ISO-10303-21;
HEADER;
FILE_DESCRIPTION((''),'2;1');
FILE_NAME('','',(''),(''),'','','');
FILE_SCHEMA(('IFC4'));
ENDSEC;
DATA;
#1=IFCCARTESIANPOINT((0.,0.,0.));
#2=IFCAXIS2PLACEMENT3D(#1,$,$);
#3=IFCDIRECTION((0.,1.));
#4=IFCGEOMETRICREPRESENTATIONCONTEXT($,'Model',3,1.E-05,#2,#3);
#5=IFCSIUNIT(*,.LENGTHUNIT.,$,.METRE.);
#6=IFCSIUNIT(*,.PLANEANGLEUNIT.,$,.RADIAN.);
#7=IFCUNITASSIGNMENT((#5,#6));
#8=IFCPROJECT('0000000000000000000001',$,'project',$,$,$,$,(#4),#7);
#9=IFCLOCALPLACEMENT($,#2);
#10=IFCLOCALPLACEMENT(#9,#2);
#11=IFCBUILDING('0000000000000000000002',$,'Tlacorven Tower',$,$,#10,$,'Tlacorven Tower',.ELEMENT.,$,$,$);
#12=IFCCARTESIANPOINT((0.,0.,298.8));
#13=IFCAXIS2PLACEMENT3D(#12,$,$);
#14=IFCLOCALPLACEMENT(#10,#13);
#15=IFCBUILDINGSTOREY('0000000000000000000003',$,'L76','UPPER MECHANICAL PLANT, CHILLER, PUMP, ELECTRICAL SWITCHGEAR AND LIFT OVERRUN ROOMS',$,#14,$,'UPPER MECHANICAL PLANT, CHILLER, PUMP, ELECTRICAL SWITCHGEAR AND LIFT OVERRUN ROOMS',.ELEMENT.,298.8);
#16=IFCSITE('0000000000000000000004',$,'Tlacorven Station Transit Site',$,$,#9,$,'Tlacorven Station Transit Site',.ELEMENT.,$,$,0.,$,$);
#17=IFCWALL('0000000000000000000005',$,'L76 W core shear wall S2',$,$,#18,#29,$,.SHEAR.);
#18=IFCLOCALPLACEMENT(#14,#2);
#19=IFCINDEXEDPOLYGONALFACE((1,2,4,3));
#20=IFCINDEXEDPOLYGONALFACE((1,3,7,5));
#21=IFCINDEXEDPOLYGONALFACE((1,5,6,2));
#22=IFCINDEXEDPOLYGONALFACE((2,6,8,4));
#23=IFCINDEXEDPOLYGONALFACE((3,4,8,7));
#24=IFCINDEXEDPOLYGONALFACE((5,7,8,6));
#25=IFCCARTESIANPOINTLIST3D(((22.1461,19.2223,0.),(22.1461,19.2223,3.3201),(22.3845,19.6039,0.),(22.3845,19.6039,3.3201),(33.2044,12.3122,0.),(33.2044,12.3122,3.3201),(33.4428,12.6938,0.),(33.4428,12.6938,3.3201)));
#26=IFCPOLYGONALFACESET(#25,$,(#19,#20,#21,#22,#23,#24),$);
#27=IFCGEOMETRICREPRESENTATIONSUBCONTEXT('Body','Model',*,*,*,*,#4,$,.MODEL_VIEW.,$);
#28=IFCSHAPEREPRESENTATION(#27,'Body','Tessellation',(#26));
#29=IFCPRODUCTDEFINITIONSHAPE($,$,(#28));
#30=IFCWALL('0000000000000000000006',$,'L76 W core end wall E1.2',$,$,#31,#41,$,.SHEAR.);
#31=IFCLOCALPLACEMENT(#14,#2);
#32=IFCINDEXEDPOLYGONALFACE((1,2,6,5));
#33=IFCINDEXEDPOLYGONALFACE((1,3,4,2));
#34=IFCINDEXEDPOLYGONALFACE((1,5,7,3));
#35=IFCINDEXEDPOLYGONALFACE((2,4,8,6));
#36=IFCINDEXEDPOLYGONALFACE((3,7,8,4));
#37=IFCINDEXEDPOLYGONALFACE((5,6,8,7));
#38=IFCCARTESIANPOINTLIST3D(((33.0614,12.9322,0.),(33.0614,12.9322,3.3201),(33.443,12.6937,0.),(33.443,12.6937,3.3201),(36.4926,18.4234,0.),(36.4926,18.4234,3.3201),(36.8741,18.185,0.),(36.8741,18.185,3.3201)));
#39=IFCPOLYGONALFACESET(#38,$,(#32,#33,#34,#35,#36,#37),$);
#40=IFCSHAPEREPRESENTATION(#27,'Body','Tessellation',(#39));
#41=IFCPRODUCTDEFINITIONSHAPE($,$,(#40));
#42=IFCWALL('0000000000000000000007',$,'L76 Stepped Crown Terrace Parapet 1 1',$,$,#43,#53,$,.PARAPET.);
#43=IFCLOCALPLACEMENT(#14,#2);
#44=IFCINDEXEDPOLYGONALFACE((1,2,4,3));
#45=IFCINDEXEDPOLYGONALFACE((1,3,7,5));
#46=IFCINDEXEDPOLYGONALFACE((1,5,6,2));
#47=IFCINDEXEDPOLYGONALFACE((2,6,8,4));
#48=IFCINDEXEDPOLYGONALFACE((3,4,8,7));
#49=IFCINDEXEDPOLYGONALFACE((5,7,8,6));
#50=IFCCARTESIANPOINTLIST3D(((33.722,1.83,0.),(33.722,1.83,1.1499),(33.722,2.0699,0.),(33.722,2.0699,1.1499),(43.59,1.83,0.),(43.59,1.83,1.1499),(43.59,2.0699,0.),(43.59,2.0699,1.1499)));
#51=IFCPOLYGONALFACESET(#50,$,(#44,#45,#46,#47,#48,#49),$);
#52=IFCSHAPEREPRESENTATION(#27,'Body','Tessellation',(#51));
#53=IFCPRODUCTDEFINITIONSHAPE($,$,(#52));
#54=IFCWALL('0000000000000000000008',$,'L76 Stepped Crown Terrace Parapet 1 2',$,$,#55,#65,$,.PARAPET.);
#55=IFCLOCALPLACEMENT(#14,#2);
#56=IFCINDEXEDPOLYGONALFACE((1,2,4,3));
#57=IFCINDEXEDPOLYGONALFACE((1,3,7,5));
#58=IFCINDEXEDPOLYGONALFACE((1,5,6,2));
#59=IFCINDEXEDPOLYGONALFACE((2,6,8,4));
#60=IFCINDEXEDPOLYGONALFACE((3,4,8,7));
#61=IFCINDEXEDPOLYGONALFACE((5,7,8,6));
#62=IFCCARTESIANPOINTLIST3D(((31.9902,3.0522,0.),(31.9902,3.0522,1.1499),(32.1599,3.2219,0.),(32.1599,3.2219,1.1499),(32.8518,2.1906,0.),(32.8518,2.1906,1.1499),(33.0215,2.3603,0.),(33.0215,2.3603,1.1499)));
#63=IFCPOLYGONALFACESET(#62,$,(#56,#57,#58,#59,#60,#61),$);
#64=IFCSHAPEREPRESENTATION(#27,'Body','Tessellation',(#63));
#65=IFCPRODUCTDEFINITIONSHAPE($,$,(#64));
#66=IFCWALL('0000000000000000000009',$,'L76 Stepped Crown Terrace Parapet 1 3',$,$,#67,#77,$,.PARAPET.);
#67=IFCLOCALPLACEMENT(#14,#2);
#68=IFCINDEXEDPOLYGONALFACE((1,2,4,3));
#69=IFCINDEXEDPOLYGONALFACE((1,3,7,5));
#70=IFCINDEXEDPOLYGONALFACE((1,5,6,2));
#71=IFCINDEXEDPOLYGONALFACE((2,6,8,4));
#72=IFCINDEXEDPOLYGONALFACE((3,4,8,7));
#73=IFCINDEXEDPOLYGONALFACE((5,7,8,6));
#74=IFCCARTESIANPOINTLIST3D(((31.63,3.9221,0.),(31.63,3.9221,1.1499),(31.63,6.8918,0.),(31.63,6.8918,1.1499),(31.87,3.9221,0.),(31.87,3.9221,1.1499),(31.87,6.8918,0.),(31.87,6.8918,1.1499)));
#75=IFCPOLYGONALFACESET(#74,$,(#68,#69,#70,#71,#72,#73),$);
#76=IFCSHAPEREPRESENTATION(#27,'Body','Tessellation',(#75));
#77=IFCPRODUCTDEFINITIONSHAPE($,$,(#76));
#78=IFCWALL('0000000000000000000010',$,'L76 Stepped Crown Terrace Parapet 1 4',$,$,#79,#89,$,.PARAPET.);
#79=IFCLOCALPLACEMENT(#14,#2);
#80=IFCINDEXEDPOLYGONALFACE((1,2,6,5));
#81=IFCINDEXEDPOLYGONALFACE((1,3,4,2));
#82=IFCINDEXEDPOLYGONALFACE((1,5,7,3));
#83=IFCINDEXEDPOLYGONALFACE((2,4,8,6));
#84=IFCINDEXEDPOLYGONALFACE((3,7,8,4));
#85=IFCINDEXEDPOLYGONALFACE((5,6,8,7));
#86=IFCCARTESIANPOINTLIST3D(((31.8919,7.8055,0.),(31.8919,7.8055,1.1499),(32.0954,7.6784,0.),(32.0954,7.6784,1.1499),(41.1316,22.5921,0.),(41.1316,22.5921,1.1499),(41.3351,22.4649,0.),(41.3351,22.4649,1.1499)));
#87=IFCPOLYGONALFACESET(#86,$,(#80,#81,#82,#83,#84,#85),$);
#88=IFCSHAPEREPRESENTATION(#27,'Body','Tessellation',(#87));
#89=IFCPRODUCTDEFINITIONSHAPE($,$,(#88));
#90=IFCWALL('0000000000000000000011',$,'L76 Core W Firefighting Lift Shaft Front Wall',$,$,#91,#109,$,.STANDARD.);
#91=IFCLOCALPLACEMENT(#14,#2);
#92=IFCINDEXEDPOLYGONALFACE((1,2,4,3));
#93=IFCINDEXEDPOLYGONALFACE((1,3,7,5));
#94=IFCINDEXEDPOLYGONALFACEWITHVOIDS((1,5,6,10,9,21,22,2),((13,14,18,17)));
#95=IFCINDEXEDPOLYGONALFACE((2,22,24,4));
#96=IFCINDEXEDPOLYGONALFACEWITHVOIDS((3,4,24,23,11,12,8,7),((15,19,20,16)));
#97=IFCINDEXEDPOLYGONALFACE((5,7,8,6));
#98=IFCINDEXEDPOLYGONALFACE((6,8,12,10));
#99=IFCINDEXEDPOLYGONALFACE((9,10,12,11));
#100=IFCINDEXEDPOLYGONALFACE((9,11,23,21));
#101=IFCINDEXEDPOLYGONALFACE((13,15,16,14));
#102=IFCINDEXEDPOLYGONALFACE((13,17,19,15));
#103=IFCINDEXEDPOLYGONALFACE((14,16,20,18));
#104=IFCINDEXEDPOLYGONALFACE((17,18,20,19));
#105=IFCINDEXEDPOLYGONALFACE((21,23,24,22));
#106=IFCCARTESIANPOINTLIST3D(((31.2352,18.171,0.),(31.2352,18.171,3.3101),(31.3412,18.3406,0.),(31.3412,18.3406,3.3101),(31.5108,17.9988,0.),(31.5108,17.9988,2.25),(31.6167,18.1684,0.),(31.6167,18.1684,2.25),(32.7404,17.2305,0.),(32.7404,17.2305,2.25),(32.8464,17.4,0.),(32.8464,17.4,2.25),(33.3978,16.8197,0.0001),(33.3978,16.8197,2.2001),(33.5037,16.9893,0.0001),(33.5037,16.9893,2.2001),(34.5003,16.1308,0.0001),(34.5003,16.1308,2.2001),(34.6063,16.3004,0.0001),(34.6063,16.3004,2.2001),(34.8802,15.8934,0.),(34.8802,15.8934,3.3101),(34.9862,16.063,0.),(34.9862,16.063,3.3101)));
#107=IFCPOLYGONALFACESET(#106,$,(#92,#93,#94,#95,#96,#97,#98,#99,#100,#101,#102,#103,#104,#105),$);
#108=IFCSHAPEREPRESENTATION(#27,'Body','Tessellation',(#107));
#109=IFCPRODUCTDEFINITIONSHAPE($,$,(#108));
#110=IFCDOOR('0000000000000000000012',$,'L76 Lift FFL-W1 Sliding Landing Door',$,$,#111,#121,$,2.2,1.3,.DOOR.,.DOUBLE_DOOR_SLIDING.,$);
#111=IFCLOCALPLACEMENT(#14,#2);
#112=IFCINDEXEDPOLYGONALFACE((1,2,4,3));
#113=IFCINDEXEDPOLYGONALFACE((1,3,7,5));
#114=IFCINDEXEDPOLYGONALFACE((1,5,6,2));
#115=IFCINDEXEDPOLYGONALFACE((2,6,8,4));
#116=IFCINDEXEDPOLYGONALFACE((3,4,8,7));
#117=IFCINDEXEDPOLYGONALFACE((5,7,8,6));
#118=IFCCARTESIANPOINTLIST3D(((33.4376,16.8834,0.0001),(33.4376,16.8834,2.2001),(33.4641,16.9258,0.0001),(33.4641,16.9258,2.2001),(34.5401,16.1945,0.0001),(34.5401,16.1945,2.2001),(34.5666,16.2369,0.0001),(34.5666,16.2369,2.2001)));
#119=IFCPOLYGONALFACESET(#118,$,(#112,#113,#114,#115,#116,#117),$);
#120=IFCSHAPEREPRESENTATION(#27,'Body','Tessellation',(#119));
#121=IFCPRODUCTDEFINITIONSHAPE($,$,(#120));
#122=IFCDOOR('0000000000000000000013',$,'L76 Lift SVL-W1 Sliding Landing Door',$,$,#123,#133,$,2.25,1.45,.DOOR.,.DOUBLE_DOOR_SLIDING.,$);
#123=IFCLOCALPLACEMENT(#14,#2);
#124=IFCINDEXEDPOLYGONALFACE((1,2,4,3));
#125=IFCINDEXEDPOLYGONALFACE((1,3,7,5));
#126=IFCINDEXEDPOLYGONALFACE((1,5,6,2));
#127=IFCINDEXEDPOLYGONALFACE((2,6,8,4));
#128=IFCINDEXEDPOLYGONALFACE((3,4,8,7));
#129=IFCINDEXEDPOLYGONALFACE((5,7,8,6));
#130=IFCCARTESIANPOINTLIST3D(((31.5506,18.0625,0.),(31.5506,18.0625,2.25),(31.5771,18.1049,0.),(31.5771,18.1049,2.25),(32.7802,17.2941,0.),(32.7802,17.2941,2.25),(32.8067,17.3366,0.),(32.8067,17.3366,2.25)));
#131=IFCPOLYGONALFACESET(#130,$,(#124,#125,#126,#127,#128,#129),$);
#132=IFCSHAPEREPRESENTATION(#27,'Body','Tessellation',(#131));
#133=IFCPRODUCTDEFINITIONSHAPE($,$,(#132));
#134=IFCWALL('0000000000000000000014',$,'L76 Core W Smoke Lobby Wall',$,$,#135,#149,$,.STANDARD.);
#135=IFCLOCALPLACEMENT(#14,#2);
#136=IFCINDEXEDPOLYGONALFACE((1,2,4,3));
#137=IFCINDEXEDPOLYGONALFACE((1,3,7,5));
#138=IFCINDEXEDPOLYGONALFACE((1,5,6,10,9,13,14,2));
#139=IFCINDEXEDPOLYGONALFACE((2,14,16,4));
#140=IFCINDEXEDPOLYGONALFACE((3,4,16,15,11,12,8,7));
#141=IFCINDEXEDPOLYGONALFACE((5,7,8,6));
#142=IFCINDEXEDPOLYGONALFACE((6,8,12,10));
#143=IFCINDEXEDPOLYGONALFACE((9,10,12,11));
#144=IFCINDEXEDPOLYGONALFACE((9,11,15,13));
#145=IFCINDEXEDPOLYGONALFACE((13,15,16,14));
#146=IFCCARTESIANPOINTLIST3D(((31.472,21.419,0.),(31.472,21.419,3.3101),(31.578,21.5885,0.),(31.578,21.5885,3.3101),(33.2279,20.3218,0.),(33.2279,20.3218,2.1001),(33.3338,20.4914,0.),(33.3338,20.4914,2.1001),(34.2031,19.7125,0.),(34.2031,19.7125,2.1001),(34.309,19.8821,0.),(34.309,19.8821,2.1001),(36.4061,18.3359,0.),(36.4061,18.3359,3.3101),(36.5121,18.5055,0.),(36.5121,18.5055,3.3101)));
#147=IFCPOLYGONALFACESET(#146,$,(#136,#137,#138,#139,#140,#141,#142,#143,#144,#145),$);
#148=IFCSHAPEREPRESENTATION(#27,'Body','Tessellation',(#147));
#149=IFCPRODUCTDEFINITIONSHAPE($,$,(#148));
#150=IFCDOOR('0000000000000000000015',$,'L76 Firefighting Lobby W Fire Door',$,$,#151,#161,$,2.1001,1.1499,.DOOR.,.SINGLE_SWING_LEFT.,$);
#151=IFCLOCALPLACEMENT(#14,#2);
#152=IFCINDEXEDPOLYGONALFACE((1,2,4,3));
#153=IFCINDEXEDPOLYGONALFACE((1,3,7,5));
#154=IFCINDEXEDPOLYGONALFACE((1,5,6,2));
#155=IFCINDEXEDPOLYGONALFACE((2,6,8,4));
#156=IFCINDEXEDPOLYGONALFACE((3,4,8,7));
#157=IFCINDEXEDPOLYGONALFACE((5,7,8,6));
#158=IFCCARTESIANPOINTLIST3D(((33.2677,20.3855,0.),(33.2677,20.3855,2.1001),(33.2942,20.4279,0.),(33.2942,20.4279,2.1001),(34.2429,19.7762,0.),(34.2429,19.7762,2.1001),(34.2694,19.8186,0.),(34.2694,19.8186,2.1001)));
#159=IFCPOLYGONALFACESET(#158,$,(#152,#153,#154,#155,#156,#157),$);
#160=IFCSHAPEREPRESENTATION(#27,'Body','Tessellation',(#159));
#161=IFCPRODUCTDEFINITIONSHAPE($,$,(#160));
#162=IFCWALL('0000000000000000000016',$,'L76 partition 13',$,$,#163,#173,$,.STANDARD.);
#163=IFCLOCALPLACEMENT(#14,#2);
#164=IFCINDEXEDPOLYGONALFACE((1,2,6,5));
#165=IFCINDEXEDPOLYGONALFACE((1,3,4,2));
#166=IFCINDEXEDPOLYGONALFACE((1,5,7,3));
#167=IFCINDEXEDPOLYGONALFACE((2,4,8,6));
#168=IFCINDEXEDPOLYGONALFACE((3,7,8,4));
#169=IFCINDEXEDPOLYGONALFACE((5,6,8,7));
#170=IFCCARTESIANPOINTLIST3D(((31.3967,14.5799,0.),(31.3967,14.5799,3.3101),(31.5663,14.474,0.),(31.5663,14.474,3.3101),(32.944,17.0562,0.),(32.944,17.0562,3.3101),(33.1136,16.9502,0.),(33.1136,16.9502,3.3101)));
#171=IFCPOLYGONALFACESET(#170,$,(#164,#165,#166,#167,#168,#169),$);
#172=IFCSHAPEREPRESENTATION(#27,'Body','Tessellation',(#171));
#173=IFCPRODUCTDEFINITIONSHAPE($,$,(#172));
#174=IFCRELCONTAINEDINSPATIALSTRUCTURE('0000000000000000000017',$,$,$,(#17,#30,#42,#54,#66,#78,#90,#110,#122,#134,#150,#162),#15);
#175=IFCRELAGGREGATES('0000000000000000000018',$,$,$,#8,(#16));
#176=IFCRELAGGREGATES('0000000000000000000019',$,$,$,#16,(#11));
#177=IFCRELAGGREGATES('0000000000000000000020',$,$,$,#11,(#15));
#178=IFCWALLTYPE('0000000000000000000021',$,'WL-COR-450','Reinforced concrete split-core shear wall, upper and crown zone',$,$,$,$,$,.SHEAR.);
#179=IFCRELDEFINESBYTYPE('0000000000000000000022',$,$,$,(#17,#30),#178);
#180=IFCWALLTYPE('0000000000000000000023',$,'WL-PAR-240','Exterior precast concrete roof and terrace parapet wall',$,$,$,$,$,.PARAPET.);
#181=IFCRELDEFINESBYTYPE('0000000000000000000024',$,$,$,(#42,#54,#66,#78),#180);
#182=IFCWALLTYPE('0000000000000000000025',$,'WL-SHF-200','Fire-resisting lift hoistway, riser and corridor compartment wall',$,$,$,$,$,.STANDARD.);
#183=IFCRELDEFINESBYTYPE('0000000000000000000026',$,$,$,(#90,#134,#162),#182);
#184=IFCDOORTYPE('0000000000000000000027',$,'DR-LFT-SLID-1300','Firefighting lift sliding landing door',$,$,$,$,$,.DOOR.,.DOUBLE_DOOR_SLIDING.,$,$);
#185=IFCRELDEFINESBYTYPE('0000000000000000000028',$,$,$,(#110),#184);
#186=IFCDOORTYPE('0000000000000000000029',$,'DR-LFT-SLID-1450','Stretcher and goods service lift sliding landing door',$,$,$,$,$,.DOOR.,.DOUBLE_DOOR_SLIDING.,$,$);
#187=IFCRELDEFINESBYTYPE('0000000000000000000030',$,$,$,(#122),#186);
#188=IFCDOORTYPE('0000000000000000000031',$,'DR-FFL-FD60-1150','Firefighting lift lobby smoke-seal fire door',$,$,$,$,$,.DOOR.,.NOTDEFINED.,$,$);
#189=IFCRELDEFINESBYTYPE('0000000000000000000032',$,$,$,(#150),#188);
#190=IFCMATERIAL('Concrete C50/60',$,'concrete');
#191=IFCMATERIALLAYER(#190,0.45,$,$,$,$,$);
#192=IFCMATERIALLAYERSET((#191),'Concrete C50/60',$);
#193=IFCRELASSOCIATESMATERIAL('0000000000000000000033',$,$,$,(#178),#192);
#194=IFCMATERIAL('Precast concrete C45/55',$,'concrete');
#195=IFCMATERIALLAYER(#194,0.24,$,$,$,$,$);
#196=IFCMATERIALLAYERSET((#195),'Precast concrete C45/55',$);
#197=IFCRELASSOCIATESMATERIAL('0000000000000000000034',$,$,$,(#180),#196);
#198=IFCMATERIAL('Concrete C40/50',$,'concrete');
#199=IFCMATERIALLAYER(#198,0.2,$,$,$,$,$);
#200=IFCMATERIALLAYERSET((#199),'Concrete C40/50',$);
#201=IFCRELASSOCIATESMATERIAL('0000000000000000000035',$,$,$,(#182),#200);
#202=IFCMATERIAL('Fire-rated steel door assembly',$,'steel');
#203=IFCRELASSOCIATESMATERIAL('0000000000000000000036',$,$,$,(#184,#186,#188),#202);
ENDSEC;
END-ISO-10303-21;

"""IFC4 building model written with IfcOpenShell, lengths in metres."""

from ifc_helpers import new_model, si_unit, direction, frame, frame_2d, origin, place, context, subcontext, project, spatial, rectangle, extrude, source, transform, mapped, material, layer, layer_set, type_object, element, fill, save


model = new_model("IFC4")

# Units and contexts
model_context = context("Model", 3, precision=1e-05, world=origin(), true_north=direction((0.0, 1.0)))
body_context = subcontext(model_context, "Body", "Model", "MODEL_VIEW")
ifc_project = project(units=[si_unit("LENGTHUNIT", "METRE"), si_unit("PLANEANGLEUNIT", "RADIAN")], contexts=[model_context])

# Site, building, storey
site_placement = place(None, origin())
site = spatial("IfcSite", under=ifc_project, at=site_placement, Name="Tlacorven Station Transit Site", LongName="Tlacorven Station Transit Site", CompositionType="ELEMENT", RefElevation=0.0)
building_placement = place(site_placement, origin())
building = spatial("IfcBuilding", under=site, at=building_placement, Name="Tlacorven Tower", LongName="Tlacorven Tower", CompositionType="ELEMENT")
storey_placement = place(building_placement, frame((0.0, 0.0, 298.8)))
storey = spatial("IfcBuildingStorey", under=building, at=storey_placement, Name="L76", Description="UPPER MECHANICAL PLANT, CHILLER, PUMP, ELECTRICAL SWITCHGEAR AND LIFT OVERRUN ROOMS", LongName="UPPER MECHANICAL PLANT, CHILLER, PUMP, ELECTRICAL SWITCHGEAR AND LIFT OVERRUN ROOMS", CompositionType="ELEMENT", Elevation=298.8)

# Walls
ifc_material_1 = material(Name="Concrete C50/60", Category="concrete")
ifc_layer_1 = layer(ifc_material_1, 0.45)
ifc_layer_set_1 = layer_set([ifc_layer_1], Name="Concrete C50/60")
wall_type_1 = type_object("IfcWallType", Name="WL-COR-450", Description="Reinforced concrete split-core shear wall, upper and crown zone", PredefinedType="SHEAR", material=ifc_layer_set_1)
wall_1_placement = place(storey_placement, frame((33.3237, 12.5029, 0.0), z_axis=(0.0, 0.0, 1.0), x_axis=(-0.848044, 0.529927, 0.0)))
element("IfcWall", 1, at=wall_1_placement, inside=storey, type_object=wall_type_1, Name="L76 W core shear wall S2", PredefinedType="SHEAR", context=body_context, shape_type="SweptSolid", body=[
    extrude(rectangle(XDim=13.0398, YDim=0.45, at=frame_2d((6.52, 0.0))), origin(), (0.0, 0.0, 1.0), 3.3201),
])
wall_2_placement = place(storey_placement, frame((36.6833, 18.3042, 0.0), z_axis=(0.0, 0.0, 1.0), x_axis=(-0.529904, -0.848058, 0.0)))
element("IfcWall", 2, at=wall_2_placement, inside=storey, type_object=wall_type_1, Name="L76 W core end wall E1.2", PredefinedType="SHEAR", context=body_context, shape_type="SweptSolid", body=[
    extrude(rectangle(XDim=6.4751, YDim=0.45, at=frame_2d((3.2375, 0.0))), origin(), (0.0, 0.0, 1.0), 3.3201),
])
ifc_material_2 = material(Name="Precast concrete C45/55", Category="concrete")
ifc_layer_2 = layer(ifc_material_2, 0.24)
ifc_layer_set_2 = layer_set([ifc_layer_2], Name="Precast concrete C45/55")
wall_type_2 = type_object("IfcWallType", Name="WL-PAR-240", Description="Exterior precast concrete roof and terrace parapet wall", PredefinedType="PARAPET", material=ifc_layer_set_2)
wall_3_placement = place(storey_placement, frame((43.5901, 1.95, 0.0), z_axis=(0.0, 0.0, 1.0), x_axis=(-1.0, 0.0, 0.0)))
element("IfcWall", 3, at=wall_3_placement, inside=storey, type_object=wall_type_2, Name="L76 Stepped Crown Terrace Parapet 1 1", PredefinedType="PARAPET", context=body_context, shape_type="SweptSolid", body=[
    extrude(rectangle(XDim=9.8679, YDim=0.24, at=frame_2d((4.9341, 0.0))), origin(), (0.0, 0.0, 1.0), 1.1499),
])
wall_4_placement = place(storey_placement, frame((32.9368, 2.2754, 0.0), z_axis=(0.0, 0.0, 1.0), x_axis=(-0.707107, 0.707107, 0.0)))
element("IfcWall", 4, at=wall_4_placement, inside=storey, type_object=wall_type_2, Name="L76 Stepped Crown Terrace Parapet 1 2", PredefinedType="PARAPET", context=body_context, shape_type="SweptSolid", body=[
    extrude(rectangle(XDim=1.2185, YDim=0.24, at=frame_2d((0.6094, 0.0))), origin(), (0.0, 0.0, 1.0), 1.1499),
])
wall_5_placement = place(storey_placement, frame((31.75, 3.9221, 0.0), z_axis=(0.0, 0.0, 1.0), x_axis=(0.0, 1.0, 0.0)))
element("IfcWall", 5, at=wall_5_placement, inside=storey, type_object=wall_type_2, Name="L76 Stepped Crown Terrace Parapet 1 3", PredefinedType="PARAPET", context=body_context, shape_type="SweptSolid", body=[
    extrude(rectangle(XDim=2.9697, YDim=0.24, at=frame_2d((1.4849, 0.0))), origin(), (0.0, 0.0, 1.0), 1.1499),
])
wall_6_placement = place(storey_placement, frame((31.9937, 7.7419, 0.0), z_axis=(0.0, 0.0, 1.0), x_axis=(0.529921, 0.848047, 0.0)))
element("IfcWall", 6, at=wall_6_placement, inside=storey, type_object=wall_type_2, Name="L76 Stepped Crown Terrace Parapet 1 4", PredefinedType="PARAPET", context=body_context, shape_type="SweptSolid", body=[
    extrude(rectangle(XDim=17.436, YDim=0.24, at=frame_2d((8.718, 0.0))), origin(), (0.0, 0.0, 1.0), 1.1499),
])

# Wall, openings, doors
ifc_material_3 = material(Name="Concrete C40/50", Category="concrete")
ifc_layer_3 = layer(ifc_material_3, 0.2)
ifc_layer_set_3 = layer_set([ifc_layer_3], Name="Concrete C40/50")
wall_type_3 = type_object("IfcWallType", Name="WL-SHF-200", Description="Fire-resisting lift hoistway, riser and corridor compartment wall", PredefinedType="STANDARD", material=ifc_layer_set_3)
wall_7_placement = place(storey_placement, frame((34.9331, 15.9783, 0.0), z_axis=(0.0, 0.0, 1.0), x_axis=(-0.848056, 0.529907, 0.0)))
wall_7 = element("IfcWall", 7, at=wall_7_placement, inside=storey, type_object=wall_type_3, Name="L76 Core W Firefighting Lift Shaft Front Wall", PredefinedType="STANDARD", context=body_context, shape_type="SweptSolid", body=[
    extrude(rectangle(XDim=4.2981, YDim=0.2, at=frame_2d((2.1489, 0.0))), origin(), (0.0, 0.0, 1.0), 3.3101),
])
opening_1_placement = place(wall_7_placement, frame((0.448, 0.0, 0.0)))
opening_1 = element("IfcOpeningElement", 8, at=opening_1_placement, cuts=wall_7, PredefinedType="OPENING", context=body_context, shape_type="SweptSolid", body=[
    extrude(rectangle(XDim=1.3, YDim=2.2, at=frame_2d((0.6499, 1.1001))), frame((0.0, 0.1099, 0.0), z_axis=(0.0, -1.0, 0.0), x_axis=(1.0, 0.0, 0.0)), (0.0, 0.0, 1.0), 0.22),
])
opening_2_placement = place(wall_7_placement, frame((2.5229, 0.0, 0.0)))
opening_2 = element("IfcOpeningElement", 9, at=opening_2_placement, cuts=wall_7, PredefinedType="OPENING", context=body_context, shape_type="SweptSolid", body=[
    extrude(rectangle(XDim=1.45, YDim=2.25, at=frame_2d((0.7251, 1.125))), frame((0.0, 0.1099, 0.0), z_axis=(0.0, -1.0, 0.0), x_axis=(1.0, 0.0, 0.0)), (0.0, 0.0, 1.0), 0.22),
])
ifc_material_4 = material(Name="Fire-rated steel door assembly", Category="steel")
door_type_1 = type_object("IfcDoorType", Name="DR-LFT-SLID-1300", Description="Firefighting lift sliding landing door", OperationType="DOUBLE_DOOR_SLIDING", PredefinedType="DOOR", material=ifc_material_4)
shared_shape_1 = source(origin(), body_context, "Body", "SweptSolid", [
    extrude(rectangle(XDim=1.3, YDim=2.2, at=frame_2d((0.6499, 1.1001))), frame((0.0, 0.0249, 0.0), z_axis=(0.0, -1.0, 0.0), x_axis=(1.0, 0.0, 0.0)), (0.0, 0.0, 1.0), 0.05),
])
door_1_placement = place(opening_1_placement, origin())
door_1 = element("IfcDoor", 10, at=door_1_placement, inside=storey, type_object=door_type_1, Name="L76 Lift FFL-W1 Sliding Landing Door", OperationType="DOUBLE_DOOR_SLIDING", OverallHeight=2.2, OverallWidth=1.3, PredefinedType="DOOR", context=body_context, shape_type="MappedRepresentation", body=[
    mapped(shared_shape_1, transform((0.0, 0.0, 0.0), scale=1.0)),
])
fill(opening_1, door_1)
door_type_2 = type_object("IfcDoorType", Name="DR-LFT-SLID-1450", Description="Stretcher and goods service lift sliding landing door", OperationType="DOUBLE_DOOR_SLIDING", PredefinedType="DOOR", material=ifc_material_4)
shared_shape_2 = source(origin(), body_context, "Body", "SweptSolid", [
    extrude(rectangle(XDim=1.45, YDim=2.25, at=frame_2d((0.7251, 1.125))), frame((0.0, 0.0249, 0.0), z_axis=(0.0, -1.0, 0.0), x_axis=(1.0, 0.0, 0.0)), (0.0, 0.0, 1.0), 0.05),
])
door_2_placement = place(opening_2_placement, origin())
door_2 = element("IfcDoor", 11, at=door_2_placement, inside=storey, type_object=door_type_2, Name="L76 Lift SVL-W1 Sliding Landing Door", OperationType="DOUBLE_DOOR_SLIDING", OverallHeight=2.25, OverallWidth=1.45, PredefinedType="DOOR", context=body_context, shape_type="MappedRepresentation", body=[
    mapped(shared_shape_2, transform((0.0, 0.0, 0.0), scale=1.0)),
])
fill(opening_2, door_2)

# Wall, opening, door
wall_8_placement = place(storey_placement, frame((36.4592, 18.4207, 0.0), z_axis=(0.0, 0.0, 1.0), x_axis=(-0.84806, 0.529901, 0.0)))
wall_8 = element("IfcWall", 12, at=wall_8_placement, inside=storey, type_object=wall_type_3, Name="L76 Core W Smoke Lobby Wall", PredefinedType="STANDARD", context=body_context, shape_type="SweptSolid", body=[
    extrude(rectangle(XDim=5.8181, YDim=0.2, at=frame_2d((2.9092, 0.0))), origin(), (0.0, 0.0, 1.0), 3.3101),
])
opening_3_placement = place(wall_8_placement, frame((2.5979, 0.0, 0.0)))
opening_3 = element("IfcOpeningElement", 13, at=opening_3_placement, cuts=wall_8, PredefinedType="OPENING", context=body_context, shape_type="SweptSolid", body=[
    extrude(rectangle(XDim=1.1499, YDim=2.1001, at=frame_2d((0.575, 1.05))), frame((0.0, 0.1099, 0.0), z_axis=(0.0, -1.0, 0.0), x_axis=(1.0, 0.0, 0.0)), (0.0, 0.0, 1.0), 0.22),
])
door_type_3 = type_object("IfcDoorType", Name="DR-FFL-FD60-1150", Description="Firefighting lift lobby smoke-seal fire door", OperationType="NOTDEFINED", PredefinedType="DOOR", material=ifc_material_4)
shared_shape_3 = source(origin(), body_context, "Body", "SweptSolid", [
    extrude(rectangle(XDim=1.1499, YDim=2.1001, at=frame_2d((0.575, 1.05))), frame((0.0, 0.0249, 0.0), z_axis=(0.0, -1.0, 0.0), x_axis=(1.0, 0.0, 0.0)), (0.0, 0.0, 1.0), 0.05),
])
door_3_placement = place(opening_3_placement, origin())
door_3 = element("IfcDoor", 14, at=door_3_placement, inside=storey, type_object=door_type_3, Name="L76 Firefighting Lobby W Fire Door", OperationType="SINGLE_SWING_LEFT", OverallHeight=2.1001, OverallWidth=1.1499, PredefinedType="DOOR", context=body_context, shape_type="MappedRepresentation", body=[
    mapped(shared_shape_3, transform((0.0, 0.0, 0.0), scale=1.0)),
])
fill(opening_3, door_3)

# Wall
wall_9_placement = place(storey_placement, frame((33.0288, 17.0032, 0.0), z_axis=(0.0, 0.0, 1.0), x_axis=(-0.529916, -0.84805, 0.0)))
element("IfcWall", 15, at=wall_9_placement, inside=storey, type_object=wall_type_3, Name="L76 partition 13", PredefinedType="STANDARD", context=body_context, shape_type="SweptSolid", body=[
    extrude(rectangle(XDim=2.9199, YDim=0.2, at=frame_2d((1.46, 0.0))), origin(), (0.0, 0.0, 1.0), 3.3101),
])

save(model, "model.ifc")
